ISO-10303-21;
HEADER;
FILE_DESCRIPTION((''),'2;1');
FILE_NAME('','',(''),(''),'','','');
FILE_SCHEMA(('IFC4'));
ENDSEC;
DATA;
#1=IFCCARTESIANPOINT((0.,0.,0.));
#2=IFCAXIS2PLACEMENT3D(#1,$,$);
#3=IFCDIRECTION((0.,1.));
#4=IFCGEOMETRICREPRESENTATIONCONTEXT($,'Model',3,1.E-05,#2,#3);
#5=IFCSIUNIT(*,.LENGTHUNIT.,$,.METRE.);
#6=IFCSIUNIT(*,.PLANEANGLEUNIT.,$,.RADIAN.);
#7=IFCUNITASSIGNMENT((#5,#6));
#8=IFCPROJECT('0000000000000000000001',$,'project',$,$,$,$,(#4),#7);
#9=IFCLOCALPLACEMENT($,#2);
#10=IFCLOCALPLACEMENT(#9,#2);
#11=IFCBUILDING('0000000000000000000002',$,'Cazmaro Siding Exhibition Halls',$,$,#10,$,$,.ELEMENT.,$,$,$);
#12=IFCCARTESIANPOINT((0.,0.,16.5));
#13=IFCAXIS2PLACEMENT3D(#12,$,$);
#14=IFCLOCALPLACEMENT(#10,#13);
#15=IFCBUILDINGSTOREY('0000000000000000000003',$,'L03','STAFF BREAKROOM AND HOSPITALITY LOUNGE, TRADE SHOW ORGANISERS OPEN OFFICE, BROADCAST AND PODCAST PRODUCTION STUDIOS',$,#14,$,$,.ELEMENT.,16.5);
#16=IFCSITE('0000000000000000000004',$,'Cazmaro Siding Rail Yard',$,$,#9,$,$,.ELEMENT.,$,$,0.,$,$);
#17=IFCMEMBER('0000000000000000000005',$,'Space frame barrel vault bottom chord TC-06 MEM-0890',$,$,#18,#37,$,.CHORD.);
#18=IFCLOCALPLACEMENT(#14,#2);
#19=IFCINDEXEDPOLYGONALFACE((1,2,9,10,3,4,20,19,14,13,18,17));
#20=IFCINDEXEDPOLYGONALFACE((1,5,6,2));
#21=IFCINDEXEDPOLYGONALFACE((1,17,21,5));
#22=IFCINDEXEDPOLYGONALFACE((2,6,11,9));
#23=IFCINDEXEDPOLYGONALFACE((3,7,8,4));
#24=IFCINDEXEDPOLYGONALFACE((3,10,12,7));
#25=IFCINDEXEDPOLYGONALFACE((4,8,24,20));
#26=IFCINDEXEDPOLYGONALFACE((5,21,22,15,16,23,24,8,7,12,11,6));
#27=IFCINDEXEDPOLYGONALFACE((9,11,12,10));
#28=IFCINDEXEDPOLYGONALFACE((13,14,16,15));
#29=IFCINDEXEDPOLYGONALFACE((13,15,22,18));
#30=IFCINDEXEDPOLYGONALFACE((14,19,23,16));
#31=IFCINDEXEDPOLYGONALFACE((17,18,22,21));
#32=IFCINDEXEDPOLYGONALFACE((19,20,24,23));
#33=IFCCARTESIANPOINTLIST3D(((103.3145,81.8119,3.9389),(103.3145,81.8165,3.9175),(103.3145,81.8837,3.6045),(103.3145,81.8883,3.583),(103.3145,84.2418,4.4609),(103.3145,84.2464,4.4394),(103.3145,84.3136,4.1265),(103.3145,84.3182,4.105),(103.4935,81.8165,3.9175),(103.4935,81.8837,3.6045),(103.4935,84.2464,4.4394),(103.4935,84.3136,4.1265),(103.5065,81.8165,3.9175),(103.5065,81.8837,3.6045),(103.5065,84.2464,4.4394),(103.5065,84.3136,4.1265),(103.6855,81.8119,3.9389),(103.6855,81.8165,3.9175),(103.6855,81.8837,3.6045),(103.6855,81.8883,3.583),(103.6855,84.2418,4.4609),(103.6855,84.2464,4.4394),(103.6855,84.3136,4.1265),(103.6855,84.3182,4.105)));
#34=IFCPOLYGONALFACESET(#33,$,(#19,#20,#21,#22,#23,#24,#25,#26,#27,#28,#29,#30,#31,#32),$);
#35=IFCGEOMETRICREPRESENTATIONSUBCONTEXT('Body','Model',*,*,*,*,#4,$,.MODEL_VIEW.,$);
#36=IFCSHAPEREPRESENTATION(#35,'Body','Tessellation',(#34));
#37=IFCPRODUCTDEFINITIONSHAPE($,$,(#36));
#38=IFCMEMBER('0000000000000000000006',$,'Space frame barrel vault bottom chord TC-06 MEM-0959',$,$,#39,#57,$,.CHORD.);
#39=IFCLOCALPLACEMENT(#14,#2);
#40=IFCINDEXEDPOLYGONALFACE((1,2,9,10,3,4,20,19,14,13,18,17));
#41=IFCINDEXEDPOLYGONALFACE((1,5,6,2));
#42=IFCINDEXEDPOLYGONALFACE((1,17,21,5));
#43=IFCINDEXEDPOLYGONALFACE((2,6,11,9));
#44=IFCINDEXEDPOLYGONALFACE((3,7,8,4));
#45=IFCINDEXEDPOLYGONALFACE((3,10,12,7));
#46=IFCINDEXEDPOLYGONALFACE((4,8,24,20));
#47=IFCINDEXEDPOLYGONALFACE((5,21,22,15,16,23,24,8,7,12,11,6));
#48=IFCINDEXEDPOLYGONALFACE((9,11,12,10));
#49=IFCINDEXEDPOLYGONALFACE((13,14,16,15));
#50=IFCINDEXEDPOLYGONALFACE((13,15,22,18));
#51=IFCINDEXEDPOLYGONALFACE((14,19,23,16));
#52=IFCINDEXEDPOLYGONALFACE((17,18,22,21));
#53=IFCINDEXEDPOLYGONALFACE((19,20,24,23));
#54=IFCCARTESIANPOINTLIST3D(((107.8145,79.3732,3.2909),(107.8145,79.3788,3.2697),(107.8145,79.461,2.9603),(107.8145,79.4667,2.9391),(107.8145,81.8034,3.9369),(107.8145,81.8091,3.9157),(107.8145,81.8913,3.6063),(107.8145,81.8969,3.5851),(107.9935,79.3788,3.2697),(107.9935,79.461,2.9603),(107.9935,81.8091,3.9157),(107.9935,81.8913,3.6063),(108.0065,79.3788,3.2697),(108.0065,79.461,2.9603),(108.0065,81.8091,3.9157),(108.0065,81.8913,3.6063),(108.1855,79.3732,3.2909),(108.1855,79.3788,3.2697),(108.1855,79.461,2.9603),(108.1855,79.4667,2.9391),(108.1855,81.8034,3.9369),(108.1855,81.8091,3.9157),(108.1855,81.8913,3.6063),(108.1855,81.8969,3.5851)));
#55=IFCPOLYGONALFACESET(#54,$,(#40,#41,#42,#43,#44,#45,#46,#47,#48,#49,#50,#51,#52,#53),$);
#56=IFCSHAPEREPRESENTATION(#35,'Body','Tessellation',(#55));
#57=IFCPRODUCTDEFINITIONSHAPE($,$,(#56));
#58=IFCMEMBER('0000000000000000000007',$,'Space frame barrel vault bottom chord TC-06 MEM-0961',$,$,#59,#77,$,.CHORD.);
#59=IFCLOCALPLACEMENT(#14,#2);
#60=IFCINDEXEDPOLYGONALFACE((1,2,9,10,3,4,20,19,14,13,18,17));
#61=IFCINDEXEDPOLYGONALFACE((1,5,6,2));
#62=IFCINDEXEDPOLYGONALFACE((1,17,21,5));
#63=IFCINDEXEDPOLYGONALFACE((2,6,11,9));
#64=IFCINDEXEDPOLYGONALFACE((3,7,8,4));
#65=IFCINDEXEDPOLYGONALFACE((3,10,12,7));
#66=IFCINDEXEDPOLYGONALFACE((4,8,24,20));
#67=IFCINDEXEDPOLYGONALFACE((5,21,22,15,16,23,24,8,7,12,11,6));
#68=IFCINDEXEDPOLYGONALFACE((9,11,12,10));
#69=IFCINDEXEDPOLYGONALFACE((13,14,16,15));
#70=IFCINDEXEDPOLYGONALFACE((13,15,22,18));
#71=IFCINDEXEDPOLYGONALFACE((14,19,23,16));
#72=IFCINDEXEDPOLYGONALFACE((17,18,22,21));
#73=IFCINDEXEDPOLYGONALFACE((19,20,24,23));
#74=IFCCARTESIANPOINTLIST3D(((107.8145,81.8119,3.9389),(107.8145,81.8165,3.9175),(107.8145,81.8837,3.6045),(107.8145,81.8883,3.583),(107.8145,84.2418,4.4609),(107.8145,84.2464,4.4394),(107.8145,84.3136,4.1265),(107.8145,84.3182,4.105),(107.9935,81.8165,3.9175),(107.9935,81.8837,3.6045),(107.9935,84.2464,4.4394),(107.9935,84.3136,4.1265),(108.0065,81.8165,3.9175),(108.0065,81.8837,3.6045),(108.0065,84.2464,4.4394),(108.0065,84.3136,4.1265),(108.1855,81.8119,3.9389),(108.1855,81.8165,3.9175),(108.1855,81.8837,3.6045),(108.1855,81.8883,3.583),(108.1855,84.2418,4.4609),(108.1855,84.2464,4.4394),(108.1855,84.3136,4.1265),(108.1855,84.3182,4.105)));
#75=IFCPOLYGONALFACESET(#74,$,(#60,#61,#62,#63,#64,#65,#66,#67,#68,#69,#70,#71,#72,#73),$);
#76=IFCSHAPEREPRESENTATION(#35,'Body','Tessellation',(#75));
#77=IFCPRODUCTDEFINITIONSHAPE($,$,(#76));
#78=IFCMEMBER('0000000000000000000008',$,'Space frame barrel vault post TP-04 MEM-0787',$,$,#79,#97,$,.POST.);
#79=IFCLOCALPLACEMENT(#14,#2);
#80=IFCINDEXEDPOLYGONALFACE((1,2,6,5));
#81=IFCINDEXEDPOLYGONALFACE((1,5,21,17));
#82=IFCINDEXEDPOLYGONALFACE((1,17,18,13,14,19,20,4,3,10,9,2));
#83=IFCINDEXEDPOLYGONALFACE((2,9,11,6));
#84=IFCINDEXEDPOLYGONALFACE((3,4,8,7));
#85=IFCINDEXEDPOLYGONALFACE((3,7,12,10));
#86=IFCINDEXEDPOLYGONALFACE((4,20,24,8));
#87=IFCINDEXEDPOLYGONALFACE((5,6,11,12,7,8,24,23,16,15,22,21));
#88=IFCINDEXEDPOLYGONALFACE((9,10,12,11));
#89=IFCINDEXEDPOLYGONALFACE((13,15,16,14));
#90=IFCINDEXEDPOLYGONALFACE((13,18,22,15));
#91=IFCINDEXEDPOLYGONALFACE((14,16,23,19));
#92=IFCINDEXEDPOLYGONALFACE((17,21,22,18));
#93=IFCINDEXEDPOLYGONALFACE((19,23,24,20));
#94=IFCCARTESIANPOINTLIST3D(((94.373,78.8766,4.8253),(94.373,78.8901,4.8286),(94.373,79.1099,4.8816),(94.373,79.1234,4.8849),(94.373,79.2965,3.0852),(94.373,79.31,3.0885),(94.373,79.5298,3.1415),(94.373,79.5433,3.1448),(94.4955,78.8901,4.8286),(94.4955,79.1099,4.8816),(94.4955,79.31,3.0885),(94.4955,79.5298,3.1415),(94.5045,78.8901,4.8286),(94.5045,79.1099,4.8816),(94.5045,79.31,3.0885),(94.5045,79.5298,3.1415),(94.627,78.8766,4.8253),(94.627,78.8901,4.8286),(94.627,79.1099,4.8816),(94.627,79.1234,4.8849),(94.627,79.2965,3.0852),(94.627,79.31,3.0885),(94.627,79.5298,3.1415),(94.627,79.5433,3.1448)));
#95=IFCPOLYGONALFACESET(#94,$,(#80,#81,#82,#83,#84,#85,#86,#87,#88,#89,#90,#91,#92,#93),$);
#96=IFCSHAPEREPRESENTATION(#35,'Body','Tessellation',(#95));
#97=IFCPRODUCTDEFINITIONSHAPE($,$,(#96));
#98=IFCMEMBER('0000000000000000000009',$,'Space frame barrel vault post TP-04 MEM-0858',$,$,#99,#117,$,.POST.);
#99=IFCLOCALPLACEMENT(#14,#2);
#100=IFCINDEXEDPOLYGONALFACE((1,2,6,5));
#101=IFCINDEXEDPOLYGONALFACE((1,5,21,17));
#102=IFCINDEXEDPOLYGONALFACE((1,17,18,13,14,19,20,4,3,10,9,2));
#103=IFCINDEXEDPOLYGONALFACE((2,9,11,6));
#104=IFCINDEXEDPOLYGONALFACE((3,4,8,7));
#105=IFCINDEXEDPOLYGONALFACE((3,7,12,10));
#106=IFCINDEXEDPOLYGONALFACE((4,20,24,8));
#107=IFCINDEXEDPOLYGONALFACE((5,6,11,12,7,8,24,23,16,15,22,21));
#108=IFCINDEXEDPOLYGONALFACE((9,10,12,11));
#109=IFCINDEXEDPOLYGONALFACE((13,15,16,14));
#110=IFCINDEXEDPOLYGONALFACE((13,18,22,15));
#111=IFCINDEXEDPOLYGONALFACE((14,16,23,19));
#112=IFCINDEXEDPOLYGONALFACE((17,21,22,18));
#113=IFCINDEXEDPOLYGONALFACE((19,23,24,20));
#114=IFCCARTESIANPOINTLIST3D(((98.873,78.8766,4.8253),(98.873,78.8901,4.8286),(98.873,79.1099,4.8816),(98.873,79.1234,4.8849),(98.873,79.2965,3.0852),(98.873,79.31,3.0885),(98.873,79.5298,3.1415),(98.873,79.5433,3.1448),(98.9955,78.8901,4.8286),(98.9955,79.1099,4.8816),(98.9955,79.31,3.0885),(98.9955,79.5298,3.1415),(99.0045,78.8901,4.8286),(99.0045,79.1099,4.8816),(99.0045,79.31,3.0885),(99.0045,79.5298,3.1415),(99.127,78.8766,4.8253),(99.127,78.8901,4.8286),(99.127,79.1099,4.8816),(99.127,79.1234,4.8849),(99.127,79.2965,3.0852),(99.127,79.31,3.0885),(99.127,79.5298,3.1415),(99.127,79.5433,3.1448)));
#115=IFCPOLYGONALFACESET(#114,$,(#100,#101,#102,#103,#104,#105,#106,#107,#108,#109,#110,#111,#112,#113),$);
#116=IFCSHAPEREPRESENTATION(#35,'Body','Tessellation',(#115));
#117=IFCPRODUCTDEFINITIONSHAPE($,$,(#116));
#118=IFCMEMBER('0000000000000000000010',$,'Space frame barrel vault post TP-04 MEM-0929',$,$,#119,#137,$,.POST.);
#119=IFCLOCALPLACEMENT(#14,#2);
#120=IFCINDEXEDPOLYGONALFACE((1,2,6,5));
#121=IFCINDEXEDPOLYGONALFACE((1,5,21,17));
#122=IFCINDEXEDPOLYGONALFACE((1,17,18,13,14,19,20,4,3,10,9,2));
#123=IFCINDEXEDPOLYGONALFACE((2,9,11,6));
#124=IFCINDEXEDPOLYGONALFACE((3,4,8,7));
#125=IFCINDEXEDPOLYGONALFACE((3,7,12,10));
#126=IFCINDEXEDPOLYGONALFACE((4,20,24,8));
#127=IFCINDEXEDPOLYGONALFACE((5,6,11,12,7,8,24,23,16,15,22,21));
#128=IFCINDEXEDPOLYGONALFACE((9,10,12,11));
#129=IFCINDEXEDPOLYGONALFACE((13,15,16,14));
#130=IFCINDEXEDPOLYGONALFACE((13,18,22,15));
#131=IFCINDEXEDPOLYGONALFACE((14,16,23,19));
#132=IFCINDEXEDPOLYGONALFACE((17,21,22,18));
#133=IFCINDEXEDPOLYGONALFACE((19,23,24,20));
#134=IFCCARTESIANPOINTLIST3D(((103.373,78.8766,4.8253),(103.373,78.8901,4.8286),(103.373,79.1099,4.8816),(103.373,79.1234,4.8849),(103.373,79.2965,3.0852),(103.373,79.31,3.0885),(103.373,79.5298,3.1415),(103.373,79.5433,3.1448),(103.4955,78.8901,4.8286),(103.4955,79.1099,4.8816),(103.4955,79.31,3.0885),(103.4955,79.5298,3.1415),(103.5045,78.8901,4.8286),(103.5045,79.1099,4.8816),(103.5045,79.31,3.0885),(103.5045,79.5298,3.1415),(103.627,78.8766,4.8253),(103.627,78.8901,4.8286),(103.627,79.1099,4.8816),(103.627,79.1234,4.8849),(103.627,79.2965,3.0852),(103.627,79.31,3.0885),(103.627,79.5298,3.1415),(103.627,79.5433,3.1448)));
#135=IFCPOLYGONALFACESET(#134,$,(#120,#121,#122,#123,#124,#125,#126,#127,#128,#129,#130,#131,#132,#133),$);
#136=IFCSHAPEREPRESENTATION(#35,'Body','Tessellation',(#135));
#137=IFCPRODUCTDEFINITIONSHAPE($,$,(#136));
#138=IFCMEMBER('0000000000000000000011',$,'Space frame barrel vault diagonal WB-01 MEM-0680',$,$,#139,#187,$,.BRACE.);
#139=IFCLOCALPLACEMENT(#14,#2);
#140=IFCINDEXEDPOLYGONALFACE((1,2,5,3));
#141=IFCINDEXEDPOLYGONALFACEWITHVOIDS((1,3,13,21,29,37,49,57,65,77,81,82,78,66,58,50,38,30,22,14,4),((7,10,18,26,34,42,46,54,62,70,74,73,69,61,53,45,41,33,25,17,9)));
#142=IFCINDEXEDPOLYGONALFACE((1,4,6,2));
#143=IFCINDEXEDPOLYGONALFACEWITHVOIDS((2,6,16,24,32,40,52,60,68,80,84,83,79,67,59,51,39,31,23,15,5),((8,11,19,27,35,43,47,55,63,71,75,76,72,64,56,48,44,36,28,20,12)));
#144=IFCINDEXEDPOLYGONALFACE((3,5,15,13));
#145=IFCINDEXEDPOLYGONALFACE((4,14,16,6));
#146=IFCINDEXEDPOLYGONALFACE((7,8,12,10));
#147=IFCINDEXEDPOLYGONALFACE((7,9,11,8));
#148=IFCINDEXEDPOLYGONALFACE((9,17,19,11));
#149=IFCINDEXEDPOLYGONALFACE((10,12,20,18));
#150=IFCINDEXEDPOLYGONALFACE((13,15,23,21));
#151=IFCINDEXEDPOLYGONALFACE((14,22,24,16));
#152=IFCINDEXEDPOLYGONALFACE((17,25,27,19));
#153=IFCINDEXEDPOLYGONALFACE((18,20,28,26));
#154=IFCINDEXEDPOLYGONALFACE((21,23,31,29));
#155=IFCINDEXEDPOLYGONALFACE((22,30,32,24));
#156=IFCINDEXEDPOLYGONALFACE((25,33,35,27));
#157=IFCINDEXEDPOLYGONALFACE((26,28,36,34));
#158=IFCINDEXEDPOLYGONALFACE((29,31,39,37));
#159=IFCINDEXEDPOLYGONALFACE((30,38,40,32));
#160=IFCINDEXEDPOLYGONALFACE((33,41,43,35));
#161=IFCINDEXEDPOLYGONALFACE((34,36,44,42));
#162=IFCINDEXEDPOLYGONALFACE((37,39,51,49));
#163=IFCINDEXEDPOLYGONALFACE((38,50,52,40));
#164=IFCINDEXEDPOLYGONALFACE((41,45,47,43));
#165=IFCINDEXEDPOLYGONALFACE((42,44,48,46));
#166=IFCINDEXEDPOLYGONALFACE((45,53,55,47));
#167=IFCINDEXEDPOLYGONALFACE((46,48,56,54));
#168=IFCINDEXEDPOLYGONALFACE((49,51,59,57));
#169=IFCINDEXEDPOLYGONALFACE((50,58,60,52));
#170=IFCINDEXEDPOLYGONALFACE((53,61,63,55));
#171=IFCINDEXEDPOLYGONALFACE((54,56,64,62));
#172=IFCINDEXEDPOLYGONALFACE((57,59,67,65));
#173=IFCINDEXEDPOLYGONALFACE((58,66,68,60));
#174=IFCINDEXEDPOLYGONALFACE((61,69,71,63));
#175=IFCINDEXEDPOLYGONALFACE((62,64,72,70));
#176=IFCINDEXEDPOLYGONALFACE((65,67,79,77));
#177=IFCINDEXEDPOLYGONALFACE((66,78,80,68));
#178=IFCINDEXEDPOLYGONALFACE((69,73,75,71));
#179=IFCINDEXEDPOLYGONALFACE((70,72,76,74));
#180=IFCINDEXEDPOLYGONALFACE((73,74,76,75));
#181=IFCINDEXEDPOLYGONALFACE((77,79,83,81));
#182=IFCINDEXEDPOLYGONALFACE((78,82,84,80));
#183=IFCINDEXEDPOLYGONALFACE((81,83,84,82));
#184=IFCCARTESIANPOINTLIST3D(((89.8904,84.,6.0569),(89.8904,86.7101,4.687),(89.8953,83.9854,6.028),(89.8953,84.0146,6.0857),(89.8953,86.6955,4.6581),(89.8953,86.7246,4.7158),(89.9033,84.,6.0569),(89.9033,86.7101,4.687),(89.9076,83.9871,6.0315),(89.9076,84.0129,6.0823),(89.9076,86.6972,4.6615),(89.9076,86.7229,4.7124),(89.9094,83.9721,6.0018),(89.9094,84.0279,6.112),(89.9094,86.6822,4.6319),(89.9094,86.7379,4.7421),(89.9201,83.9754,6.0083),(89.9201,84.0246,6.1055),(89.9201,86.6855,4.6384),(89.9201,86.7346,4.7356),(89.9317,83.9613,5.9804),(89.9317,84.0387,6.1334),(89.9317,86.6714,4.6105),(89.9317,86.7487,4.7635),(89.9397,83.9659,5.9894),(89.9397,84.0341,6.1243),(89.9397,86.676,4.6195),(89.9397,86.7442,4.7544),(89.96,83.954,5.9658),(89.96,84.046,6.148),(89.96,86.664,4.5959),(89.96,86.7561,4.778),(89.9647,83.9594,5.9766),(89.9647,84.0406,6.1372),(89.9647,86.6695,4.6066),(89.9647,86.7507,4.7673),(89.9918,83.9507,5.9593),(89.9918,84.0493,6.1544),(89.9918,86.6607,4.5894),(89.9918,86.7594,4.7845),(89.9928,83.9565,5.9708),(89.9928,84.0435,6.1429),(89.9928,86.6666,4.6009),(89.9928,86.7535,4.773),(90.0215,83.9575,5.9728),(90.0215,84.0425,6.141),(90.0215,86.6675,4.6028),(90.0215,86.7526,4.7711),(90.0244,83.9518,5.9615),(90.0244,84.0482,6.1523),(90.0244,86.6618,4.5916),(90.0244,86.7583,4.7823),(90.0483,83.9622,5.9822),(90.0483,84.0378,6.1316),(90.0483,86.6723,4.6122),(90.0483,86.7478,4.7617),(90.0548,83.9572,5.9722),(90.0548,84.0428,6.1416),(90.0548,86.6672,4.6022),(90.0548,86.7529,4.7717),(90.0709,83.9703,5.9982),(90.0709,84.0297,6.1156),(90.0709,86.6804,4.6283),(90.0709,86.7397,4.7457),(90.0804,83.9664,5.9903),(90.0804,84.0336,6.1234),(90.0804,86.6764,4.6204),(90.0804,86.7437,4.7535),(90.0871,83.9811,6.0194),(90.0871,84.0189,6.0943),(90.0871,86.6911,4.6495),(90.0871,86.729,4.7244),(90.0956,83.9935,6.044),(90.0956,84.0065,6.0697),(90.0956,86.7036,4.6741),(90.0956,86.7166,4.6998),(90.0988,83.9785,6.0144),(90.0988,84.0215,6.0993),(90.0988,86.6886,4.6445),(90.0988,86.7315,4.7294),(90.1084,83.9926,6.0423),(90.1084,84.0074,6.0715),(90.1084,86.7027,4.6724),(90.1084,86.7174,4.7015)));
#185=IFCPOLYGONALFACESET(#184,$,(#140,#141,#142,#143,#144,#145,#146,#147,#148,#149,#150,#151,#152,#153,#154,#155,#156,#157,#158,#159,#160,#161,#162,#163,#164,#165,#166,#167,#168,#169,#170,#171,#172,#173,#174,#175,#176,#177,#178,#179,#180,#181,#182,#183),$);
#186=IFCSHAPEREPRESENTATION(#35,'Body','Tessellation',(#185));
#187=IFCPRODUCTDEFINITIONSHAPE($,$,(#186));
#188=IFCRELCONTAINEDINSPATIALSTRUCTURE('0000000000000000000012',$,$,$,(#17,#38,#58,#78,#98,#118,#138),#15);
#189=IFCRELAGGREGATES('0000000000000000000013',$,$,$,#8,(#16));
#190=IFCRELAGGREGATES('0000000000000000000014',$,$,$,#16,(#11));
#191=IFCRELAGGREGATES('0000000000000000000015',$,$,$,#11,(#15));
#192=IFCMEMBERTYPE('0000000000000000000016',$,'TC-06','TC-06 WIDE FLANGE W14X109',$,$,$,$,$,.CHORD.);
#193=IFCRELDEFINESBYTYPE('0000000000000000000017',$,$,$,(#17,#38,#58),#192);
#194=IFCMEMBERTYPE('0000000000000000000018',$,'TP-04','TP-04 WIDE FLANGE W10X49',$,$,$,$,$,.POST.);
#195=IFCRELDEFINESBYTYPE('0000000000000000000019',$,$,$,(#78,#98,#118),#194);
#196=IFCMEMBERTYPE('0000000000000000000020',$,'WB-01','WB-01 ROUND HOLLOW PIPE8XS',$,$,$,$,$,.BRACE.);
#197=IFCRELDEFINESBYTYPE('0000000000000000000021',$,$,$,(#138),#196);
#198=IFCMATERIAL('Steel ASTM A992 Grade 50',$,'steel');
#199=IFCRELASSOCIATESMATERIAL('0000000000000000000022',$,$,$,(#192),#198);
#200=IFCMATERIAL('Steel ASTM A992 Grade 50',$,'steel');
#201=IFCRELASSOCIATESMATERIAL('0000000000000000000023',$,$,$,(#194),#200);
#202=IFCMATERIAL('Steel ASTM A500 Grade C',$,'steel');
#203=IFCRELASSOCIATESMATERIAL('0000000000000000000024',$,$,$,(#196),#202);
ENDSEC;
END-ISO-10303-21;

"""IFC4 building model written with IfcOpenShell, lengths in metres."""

from ifc_helpers import new_model, si_unit, direction, frame, origin, origin_2d, place, context, subcontext, project, spatial, hollow_circle, i_section, extrude, material, material_profile, profile_set, type_object, element, save


model = new_model("IFC4")

# Units and contexts
model_context = context("Model", 3, precision=1e-05, world=origin(), true_north=direction((0.0, 1.0)))
body_context = subcontext(model_context, "Body", "Model", "MODEL_VIEW")
ifc_project = project(units=[si_unit("LENGTHUNIT", "METRE"), si_unit("PLANEANGLEUNIT", "RADIAN")], contexts=[model_context])

# Site, building, storey
site_placement = place(None, origin())
site = spatial("IfcSite", under=ifc_project, at=site_placement, Name="Cazmaro Siding Rail Yard", CompositionType="ELEMENT", RefElevation=0.0)
building_placement = place(site_placement, origin())
building = spatial("IfcBuilding", under=site, at=building_placement, Name="Cazmaro Siding Exhibition Halls", CompositionType="ELEMENT")
storey_placement = place(building_placement, frame((0.0, 0.0, 16.5)))
storey = spatial("IfcBuildingStorey", under=building, at=storey_placement, Name="L03", Description="STAFF BREAKROOM AND HOSPITALITY LOUNGE, TRADE SHOW ORGANISERS OPEN OFFICE, BROADCAST AND PODCAST PRODUCTION STUDIOS", CompositionType="ELEMENT", Elevation=16.5)

# Members
ifc_material_1 = material(Name="Steel ASTM A992 Grade 50", Category="steel")
ifc_material_profile_1 = material_profile(ifc_material_1, i_section(OverallWidth=0.3711, OverallDepth=0.364, WebThickness=0.0129, FlangeThickness=0.022, at=origin_2d()), Name="W14X109")
ifc_profile_set_1 = profile_set([ifc_material_profile_1], Name="Steel ASTM A992 Grade 50")
member_type_1 = type_object("IfcMemberType", Name="TC-06", Description="TC-06 WIDE FLANGE W14X109", PredefinedType="CHORD", material=ifc_profile_set_1)
member_1_placement = place(storey_placement, frame((103.5, 81.8501, 3.761), z_axis=(0.0, 0.977697, 0.210019), x_axis=(-1.0, 0.0, 0.0)))
element("IfcMember", 1, at=member_1_placement, inside=storey, type_object=member_type_1, Name="Space frame barrel vault bottom chord TC-06 MEM-0890", PredefinedType="CHORD", context=body_context, shape_type="SweptSolid", body=[
    extrude(i_section(OverallWidth=0.3711, OverallDepth=0.364, WebThickness=0.0129, FlangeThickness=0.022, at=origin_2d()), origin(), (0.0, 0.0, 1.0), 2.4854),
])
member_2_placement = place(storey_placement, frame((108.0, 79.4199, 3.115), z_axis=(0.0, 0.966438, 0.256901), x_axis=(-1.0, 0.0, 0.0)))
element("IfcMember", 2, at=member_2_placement, inside=storey, type_object=member_type_1, Name="Space frame barrel vault bottom chord TC-06 MEM-0959", PredefinedType="CHORD", context=body_context, shape_type="SweptSolid", body=[
    extrude(i_section(OverallWidth=0.3711, OverallDepth=0.364, WebThickness=0.0129, FlangeThickness=0.022, at=origin_2d()), origin(), (0.0, 0.0, 1.0), 2.5146),
])
member_3_placement = place(storey_placement, frame((108.0, 81.8501, 3.761), z_axis=(0.0, 0.977697, 0.210019), x_axis=(-1.0, 0.0, 0.0)))
element("IfcMember", 3, at=member_3_placement, inside=storey, type_object=member_type_1, Name="Space frame barrel vault bottom chord TC-06 MEM-0961", PredefinedType="CHORD", context=body_context, shape_type="SweptSolid", body=[
    extrude(i_section(OverallWidth=0.3711, OverallDepth=0.364, WebThickness=0.0129, FlangeThickness=0.022, at=origin_2d()), origin(), (0.0, 0.0, 1.0), 2.4854),
])
ifc_material_2 = material(Name="Steel ASTM A992 Grade 50", Category="steel")
ifc_material_profile_2 = material_profile(ifc_material_2, i_section(OverallWidth=0.2539, OverallDepth=0.2539, WebThickness=0.009, FlangeThickness=0.0139, at=origin_2d()), Name="W10X49")
ifc_profile_set_2 = profile_set([ifc_material_profile_2], Name="Steel ASTM A992 Grade 50")
member_type_2 = type_object("IfcMemberType", Name="TP-04", Description="TP-04 WIDE FLANGE W10X49", PredefinedType="POST", material=ifc_profile_set_2)
for number, where, z_axis, x_axis, name in (
    (4, (94.5, 79.4199, 3.115), (0.0, -0.234601, 0.972092), (1.0, 0.0, 0.0), "Space frame barrel vault post TP-04 MEM-0787"),
    (5, (99.0, 79.4199, 3.115), (0.0, -0.234601, 0.972092), (1.0, 0.0, 0.0), "Space frame barrel vault post TP-04 MEM-0858"),
    (6, (103.5, 79.4199, 3.115), (0.0, -0.234601, 0.972092), (1.0, 0.0, 0.0), "Space frame barrel vault post TP-04 MEM-0929"),
):
    element("IfcMember", number, at=place(storey_placement, frame(where, z_axis=z_axis, x_axis=x_axis)), inside=storey, type_object=member_type_2, Name=name, PredefinedType="POST", context=body_context, shape_type="SweptSolid", body=[
        extrude(i_section(OverallWidth=0.2539, OverallDepth=0.2539, WebThickness=0.009, FlangeThickness=0.0139, at=origin_2d()), origin(), (0.0, 0.0, 1.0), 1.79),
    ])
ifc_material_3 = material(Name="Steel ASTM A500 Grade C", Category="steel")
ifc_material_profile_3 = material_profile(ifc_material_3, hollow_circle(Radius=0.1096, WallThickness=0.0129, at=origin_2d()), Name="PIPE8XS")
ifc_profile_set_3 = profile_set([ifc_material_profile_3], Name="Steel ASTM A500 Grade C")
member_type_3 = type_object("IfcMemberType", Name="WB-01", Description="WB-01 ROUND HOLLOW PIPE8XS", PredefinedType="BRACE", material=ifc_profile_set_3)
for number, where, z_axis, x_axis, name in (
    (7, (90.0, 84.0, 6.0569), (0.0, 0.892457, -0.451133), (-1.0, 0.0, 0.0), "Space frame barrel vault diagonal WB-01 MEM-0680"),
):
    element("IfcMember", number, at=place(storey_placement, frame(where, z_axis=z_axis, x_axis=x_axis)), inside=storey, type_object=member_type_3, Name=name, PredefinedType="BRACE", context=body_context, shape_type="SweptSolid", body=[
        extrude(hollow_circle(Radius=0.1096, WallThickness=0.0129, at=origin_2d()), origin(), (0.0, 0.0, 1.0), 3.0366),
    ])

save(model, "model.ifc")
